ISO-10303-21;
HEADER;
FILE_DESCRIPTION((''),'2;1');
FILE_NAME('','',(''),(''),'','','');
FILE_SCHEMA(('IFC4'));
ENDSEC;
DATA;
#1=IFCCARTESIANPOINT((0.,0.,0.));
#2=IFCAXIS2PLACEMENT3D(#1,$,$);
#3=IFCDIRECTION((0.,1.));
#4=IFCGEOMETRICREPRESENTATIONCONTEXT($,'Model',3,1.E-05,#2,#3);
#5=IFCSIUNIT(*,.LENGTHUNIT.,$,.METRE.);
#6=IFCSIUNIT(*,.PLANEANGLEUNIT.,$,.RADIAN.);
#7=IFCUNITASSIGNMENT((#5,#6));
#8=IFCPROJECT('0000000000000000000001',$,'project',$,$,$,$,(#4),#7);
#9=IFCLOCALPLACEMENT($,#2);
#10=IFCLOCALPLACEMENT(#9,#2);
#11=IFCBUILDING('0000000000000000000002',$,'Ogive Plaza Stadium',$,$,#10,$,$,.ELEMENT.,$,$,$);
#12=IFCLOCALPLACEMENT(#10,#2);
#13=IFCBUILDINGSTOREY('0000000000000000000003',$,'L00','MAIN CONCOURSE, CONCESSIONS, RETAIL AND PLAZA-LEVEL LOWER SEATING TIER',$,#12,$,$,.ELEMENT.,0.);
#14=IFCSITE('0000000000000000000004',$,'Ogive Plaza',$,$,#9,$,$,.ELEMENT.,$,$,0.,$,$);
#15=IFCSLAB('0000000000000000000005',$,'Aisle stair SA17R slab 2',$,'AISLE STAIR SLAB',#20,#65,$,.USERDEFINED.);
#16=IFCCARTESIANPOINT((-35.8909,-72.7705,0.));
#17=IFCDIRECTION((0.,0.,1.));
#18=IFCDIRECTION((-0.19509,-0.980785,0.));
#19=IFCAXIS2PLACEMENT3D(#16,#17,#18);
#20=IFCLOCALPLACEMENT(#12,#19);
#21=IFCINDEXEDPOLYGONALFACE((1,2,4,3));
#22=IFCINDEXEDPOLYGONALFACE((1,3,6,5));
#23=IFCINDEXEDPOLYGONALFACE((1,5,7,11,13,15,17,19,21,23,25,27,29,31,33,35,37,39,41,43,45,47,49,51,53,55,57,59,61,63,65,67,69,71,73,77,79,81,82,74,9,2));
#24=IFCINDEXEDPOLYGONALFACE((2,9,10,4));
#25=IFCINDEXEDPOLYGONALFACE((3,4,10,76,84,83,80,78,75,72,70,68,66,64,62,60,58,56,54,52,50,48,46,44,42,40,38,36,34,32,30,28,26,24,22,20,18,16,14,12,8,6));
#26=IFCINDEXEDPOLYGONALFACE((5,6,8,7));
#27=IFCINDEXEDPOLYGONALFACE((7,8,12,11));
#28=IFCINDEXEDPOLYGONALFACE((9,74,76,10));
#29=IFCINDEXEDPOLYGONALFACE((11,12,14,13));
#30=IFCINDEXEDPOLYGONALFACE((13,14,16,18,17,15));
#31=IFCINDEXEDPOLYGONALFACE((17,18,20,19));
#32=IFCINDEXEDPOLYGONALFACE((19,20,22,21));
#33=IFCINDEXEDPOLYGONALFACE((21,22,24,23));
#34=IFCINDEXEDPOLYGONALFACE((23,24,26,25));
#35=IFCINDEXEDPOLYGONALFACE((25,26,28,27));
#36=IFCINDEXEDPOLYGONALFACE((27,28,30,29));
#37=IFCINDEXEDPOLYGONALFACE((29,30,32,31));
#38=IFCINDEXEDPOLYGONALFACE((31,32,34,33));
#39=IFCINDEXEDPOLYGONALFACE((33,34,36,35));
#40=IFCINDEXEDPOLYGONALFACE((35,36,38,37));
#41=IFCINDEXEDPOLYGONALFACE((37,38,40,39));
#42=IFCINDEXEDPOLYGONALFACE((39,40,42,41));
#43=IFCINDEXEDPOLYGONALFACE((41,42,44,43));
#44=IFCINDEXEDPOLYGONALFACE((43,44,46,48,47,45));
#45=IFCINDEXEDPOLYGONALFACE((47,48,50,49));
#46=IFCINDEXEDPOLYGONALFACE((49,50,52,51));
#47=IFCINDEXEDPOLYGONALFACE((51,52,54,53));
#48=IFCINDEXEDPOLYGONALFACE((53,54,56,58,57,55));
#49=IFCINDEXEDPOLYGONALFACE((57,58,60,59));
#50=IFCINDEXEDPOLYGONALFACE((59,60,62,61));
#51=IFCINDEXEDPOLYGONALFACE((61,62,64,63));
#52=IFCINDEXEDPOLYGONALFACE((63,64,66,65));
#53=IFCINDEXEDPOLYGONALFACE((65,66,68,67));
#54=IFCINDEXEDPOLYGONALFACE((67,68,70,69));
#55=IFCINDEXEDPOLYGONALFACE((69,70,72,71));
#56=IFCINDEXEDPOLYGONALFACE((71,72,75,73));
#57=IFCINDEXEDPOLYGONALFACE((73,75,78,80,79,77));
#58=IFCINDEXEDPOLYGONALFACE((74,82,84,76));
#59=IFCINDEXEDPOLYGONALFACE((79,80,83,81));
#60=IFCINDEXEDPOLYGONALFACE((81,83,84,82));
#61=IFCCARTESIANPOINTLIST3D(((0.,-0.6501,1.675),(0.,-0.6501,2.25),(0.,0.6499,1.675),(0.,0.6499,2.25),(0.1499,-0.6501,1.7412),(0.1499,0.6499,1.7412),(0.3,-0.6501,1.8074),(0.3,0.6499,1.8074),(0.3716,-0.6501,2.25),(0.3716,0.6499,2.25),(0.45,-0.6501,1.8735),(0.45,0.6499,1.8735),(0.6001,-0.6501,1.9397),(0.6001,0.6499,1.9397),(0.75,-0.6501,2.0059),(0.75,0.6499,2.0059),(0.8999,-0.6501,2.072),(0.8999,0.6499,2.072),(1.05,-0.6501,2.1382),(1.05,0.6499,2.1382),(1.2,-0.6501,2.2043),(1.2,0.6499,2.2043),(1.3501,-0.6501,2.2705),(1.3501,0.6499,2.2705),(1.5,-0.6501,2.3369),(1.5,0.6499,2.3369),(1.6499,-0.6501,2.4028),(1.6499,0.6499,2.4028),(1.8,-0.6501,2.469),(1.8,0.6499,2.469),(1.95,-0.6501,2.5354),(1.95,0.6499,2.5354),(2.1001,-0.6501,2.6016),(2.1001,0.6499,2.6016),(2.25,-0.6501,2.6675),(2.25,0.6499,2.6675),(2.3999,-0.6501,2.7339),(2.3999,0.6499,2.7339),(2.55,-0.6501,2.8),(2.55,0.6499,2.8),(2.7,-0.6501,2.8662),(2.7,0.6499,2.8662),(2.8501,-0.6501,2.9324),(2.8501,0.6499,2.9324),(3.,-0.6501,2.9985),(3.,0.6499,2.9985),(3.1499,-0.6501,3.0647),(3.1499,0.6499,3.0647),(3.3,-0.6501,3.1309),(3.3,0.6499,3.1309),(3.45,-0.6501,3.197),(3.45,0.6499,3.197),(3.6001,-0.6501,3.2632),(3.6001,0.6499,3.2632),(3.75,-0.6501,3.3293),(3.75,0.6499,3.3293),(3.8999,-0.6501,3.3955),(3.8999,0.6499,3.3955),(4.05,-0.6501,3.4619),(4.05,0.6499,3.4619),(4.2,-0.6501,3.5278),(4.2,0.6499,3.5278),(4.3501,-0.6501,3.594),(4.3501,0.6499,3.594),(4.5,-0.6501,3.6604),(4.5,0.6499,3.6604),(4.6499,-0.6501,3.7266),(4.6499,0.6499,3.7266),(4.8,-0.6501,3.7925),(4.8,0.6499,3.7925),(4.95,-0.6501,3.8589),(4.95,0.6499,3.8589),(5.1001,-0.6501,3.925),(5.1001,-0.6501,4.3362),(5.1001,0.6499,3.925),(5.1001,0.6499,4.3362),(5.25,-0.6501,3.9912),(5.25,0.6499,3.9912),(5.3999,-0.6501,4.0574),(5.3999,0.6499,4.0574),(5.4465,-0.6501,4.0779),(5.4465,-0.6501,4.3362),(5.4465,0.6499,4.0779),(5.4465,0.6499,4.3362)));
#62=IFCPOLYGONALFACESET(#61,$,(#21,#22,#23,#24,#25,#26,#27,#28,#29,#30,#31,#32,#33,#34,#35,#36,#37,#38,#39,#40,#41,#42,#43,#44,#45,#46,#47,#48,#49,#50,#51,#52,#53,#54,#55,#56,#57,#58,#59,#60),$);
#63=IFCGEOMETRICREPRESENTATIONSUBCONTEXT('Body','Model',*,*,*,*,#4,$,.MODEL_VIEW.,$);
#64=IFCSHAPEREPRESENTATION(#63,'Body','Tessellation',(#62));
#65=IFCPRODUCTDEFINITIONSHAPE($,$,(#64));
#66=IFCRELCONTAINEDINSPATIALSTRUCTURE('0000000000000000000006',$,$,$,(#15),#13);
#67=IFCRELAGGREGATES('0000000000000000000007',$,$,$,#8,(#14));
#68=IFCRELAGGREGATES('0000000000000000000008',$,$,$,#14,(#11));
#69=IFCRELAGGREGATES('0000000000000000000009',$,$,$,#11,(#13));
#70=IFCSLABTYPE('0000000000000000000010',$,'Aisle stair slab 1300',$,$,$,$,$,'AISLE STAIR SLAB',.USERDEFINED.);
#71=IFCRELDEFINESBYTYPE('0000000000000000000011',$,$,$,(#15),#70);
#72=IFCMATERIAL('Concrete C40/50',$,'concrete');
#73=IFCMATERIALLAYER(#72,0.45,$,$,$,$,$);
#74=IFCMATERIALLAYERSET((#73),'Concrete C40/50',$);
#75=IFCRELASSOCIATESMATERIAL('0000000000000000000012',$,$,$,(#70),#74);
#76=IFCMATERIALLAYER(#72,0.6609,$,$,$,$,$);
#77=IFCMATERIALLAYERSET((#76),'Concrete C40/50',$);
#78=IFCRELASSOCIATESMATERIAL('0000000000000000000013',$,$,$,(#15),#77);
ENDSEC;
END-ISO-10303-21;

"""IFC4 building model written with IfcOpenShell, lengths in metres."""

from ifc_helpers import new_model, si_unit, direction, frame, origin, place, context, subcontext, project, spatial, polyline, outline, extrude, material, layer, layer_set, type_object, element, save


model = new_model("IFC4")

# Units and contexts
model_context = context("Model", 3, precision=1e-05, world=origin(), true_north=direction((0.0, 1.0)))
body_context = subcontext(model_context, "Body", "Model", "MODEL_VIEW")
ifc_project = project(units=[si_unit("LENGTHUNIT", "METRE"), si_unit("PLANEANGLEUNIT", "RADIAN")], contexts=[model_context])

# Site, building, storey
site_placement = place(None, origin())
site = spatial("IfcSite", under=ifc_project, at=site_placement, Name="Ogive Plaza", CompositionType="ELEMENT", RefElevation=0.0)
building_placement = place(site_placement, origin())
building = spatial("IfcBuilding", under=site, at=building_placement, Name="Ogive Plaza Stadium", CompositionType="ELEMENT")
storey_placement = place(building_placement, origin())
storey = spatial("IfcBuildingStorey", under=building, at=storey_placement, Name="L00", Description="MAIN CONCOURSE, CONCESSIONS, RETAIL AND PLAZA-LEVEL LOWER SEATING TIER", CompositionType="ELEMENT", Elevation=0.0)

# Slab
ifc_material_1 = material(Name="Concrete C40/50", Category="concrete")
ifc_layer_1 = layer(ifc_material_1, 0.45)
ifc_layer_set_1 = layer_set([ifc_layer_1], Name="Concrete C40/50")
slab_type = type_object("IfcSlabType", Name="Aisle stair slab 1300", ElementType="AISLE STAIR SLAB", PredefinedType="USERDEFINED", material=ifc_layer_set_1)
ifc_layer_2 = layer(ifc_material_1, 0.6609)
ifc_layer_set_2 = layer_set([ifc_layer_2], Name="Concrete C40/50")
slab_1_placement = place(storey_placement, frame((-35.8909, -72.7705, 0.0), z_axis=(0.0, 0.0, 1.0), x_axis=(-0.19509, -0.980785, 0.0)))
element("IfcSlab", 1, at=slab_1_placement, inside=storey, type_object=slab_type, material=ifc_layer_set_2, Name="Aisle stair SA17R slab 2", ObjectType="AISLE STAIR SLAB", PredefinedType="USERDEFINED", context=body_context, shape_type="SweptSolid", body=[
    extrude(outline(polyline([(0.0, 2.25), (0.3716, 2.25), (5.1001, 4.3362), (5.4465, 4.3362), (5.4465, 4.0779), (5.3999, 4.0574), (5.25, 3.9912), (5.1001, 3.925), (4.95, 3.8589), (4.8, 3.7925), (4.6499, 3.7266), (4.5, 3.6604), (4.3501, 3.594), (4.2, 3.5278), (4.05, 3.4619), (3.8999, 3.3955), (3.75, 3.3293), (3.6001, 3.2632), (3.45, 3.197), (3.3, 3.1309), (3.1499, 3.0647), (3.0, 2.9985), (2.8501, 2.9324), (2.7, 2.8662), (2.55, 2.8), (2.3999, 2.7339), (2.25, 2.6675), (2.1001, 2.6016), (1.95, 2.5354), (1.8, 2.469), (1.6499, 2.4028), (1.5, 2.3369), (1.3501, 2.2705), (1.2, 2.2043), (1.05, 2.1382), (0.8999, 2.072), (0.75, 2.0059), (0.6001, 1.9397), (0.45, 1.8735), (0.3, 1.8074), (0.1499, 1.7412), (0.0, 1.675), (0.0, 2.25)])), frame((0.0, 0.6499, 0.0), z_axis=(0.0, -1.0, 0.0), x_axis=(1.0, 0.0, 0.0)), (0.0, 0.0, 1.0), 1.3),
])

save(model, "model.ifc")
